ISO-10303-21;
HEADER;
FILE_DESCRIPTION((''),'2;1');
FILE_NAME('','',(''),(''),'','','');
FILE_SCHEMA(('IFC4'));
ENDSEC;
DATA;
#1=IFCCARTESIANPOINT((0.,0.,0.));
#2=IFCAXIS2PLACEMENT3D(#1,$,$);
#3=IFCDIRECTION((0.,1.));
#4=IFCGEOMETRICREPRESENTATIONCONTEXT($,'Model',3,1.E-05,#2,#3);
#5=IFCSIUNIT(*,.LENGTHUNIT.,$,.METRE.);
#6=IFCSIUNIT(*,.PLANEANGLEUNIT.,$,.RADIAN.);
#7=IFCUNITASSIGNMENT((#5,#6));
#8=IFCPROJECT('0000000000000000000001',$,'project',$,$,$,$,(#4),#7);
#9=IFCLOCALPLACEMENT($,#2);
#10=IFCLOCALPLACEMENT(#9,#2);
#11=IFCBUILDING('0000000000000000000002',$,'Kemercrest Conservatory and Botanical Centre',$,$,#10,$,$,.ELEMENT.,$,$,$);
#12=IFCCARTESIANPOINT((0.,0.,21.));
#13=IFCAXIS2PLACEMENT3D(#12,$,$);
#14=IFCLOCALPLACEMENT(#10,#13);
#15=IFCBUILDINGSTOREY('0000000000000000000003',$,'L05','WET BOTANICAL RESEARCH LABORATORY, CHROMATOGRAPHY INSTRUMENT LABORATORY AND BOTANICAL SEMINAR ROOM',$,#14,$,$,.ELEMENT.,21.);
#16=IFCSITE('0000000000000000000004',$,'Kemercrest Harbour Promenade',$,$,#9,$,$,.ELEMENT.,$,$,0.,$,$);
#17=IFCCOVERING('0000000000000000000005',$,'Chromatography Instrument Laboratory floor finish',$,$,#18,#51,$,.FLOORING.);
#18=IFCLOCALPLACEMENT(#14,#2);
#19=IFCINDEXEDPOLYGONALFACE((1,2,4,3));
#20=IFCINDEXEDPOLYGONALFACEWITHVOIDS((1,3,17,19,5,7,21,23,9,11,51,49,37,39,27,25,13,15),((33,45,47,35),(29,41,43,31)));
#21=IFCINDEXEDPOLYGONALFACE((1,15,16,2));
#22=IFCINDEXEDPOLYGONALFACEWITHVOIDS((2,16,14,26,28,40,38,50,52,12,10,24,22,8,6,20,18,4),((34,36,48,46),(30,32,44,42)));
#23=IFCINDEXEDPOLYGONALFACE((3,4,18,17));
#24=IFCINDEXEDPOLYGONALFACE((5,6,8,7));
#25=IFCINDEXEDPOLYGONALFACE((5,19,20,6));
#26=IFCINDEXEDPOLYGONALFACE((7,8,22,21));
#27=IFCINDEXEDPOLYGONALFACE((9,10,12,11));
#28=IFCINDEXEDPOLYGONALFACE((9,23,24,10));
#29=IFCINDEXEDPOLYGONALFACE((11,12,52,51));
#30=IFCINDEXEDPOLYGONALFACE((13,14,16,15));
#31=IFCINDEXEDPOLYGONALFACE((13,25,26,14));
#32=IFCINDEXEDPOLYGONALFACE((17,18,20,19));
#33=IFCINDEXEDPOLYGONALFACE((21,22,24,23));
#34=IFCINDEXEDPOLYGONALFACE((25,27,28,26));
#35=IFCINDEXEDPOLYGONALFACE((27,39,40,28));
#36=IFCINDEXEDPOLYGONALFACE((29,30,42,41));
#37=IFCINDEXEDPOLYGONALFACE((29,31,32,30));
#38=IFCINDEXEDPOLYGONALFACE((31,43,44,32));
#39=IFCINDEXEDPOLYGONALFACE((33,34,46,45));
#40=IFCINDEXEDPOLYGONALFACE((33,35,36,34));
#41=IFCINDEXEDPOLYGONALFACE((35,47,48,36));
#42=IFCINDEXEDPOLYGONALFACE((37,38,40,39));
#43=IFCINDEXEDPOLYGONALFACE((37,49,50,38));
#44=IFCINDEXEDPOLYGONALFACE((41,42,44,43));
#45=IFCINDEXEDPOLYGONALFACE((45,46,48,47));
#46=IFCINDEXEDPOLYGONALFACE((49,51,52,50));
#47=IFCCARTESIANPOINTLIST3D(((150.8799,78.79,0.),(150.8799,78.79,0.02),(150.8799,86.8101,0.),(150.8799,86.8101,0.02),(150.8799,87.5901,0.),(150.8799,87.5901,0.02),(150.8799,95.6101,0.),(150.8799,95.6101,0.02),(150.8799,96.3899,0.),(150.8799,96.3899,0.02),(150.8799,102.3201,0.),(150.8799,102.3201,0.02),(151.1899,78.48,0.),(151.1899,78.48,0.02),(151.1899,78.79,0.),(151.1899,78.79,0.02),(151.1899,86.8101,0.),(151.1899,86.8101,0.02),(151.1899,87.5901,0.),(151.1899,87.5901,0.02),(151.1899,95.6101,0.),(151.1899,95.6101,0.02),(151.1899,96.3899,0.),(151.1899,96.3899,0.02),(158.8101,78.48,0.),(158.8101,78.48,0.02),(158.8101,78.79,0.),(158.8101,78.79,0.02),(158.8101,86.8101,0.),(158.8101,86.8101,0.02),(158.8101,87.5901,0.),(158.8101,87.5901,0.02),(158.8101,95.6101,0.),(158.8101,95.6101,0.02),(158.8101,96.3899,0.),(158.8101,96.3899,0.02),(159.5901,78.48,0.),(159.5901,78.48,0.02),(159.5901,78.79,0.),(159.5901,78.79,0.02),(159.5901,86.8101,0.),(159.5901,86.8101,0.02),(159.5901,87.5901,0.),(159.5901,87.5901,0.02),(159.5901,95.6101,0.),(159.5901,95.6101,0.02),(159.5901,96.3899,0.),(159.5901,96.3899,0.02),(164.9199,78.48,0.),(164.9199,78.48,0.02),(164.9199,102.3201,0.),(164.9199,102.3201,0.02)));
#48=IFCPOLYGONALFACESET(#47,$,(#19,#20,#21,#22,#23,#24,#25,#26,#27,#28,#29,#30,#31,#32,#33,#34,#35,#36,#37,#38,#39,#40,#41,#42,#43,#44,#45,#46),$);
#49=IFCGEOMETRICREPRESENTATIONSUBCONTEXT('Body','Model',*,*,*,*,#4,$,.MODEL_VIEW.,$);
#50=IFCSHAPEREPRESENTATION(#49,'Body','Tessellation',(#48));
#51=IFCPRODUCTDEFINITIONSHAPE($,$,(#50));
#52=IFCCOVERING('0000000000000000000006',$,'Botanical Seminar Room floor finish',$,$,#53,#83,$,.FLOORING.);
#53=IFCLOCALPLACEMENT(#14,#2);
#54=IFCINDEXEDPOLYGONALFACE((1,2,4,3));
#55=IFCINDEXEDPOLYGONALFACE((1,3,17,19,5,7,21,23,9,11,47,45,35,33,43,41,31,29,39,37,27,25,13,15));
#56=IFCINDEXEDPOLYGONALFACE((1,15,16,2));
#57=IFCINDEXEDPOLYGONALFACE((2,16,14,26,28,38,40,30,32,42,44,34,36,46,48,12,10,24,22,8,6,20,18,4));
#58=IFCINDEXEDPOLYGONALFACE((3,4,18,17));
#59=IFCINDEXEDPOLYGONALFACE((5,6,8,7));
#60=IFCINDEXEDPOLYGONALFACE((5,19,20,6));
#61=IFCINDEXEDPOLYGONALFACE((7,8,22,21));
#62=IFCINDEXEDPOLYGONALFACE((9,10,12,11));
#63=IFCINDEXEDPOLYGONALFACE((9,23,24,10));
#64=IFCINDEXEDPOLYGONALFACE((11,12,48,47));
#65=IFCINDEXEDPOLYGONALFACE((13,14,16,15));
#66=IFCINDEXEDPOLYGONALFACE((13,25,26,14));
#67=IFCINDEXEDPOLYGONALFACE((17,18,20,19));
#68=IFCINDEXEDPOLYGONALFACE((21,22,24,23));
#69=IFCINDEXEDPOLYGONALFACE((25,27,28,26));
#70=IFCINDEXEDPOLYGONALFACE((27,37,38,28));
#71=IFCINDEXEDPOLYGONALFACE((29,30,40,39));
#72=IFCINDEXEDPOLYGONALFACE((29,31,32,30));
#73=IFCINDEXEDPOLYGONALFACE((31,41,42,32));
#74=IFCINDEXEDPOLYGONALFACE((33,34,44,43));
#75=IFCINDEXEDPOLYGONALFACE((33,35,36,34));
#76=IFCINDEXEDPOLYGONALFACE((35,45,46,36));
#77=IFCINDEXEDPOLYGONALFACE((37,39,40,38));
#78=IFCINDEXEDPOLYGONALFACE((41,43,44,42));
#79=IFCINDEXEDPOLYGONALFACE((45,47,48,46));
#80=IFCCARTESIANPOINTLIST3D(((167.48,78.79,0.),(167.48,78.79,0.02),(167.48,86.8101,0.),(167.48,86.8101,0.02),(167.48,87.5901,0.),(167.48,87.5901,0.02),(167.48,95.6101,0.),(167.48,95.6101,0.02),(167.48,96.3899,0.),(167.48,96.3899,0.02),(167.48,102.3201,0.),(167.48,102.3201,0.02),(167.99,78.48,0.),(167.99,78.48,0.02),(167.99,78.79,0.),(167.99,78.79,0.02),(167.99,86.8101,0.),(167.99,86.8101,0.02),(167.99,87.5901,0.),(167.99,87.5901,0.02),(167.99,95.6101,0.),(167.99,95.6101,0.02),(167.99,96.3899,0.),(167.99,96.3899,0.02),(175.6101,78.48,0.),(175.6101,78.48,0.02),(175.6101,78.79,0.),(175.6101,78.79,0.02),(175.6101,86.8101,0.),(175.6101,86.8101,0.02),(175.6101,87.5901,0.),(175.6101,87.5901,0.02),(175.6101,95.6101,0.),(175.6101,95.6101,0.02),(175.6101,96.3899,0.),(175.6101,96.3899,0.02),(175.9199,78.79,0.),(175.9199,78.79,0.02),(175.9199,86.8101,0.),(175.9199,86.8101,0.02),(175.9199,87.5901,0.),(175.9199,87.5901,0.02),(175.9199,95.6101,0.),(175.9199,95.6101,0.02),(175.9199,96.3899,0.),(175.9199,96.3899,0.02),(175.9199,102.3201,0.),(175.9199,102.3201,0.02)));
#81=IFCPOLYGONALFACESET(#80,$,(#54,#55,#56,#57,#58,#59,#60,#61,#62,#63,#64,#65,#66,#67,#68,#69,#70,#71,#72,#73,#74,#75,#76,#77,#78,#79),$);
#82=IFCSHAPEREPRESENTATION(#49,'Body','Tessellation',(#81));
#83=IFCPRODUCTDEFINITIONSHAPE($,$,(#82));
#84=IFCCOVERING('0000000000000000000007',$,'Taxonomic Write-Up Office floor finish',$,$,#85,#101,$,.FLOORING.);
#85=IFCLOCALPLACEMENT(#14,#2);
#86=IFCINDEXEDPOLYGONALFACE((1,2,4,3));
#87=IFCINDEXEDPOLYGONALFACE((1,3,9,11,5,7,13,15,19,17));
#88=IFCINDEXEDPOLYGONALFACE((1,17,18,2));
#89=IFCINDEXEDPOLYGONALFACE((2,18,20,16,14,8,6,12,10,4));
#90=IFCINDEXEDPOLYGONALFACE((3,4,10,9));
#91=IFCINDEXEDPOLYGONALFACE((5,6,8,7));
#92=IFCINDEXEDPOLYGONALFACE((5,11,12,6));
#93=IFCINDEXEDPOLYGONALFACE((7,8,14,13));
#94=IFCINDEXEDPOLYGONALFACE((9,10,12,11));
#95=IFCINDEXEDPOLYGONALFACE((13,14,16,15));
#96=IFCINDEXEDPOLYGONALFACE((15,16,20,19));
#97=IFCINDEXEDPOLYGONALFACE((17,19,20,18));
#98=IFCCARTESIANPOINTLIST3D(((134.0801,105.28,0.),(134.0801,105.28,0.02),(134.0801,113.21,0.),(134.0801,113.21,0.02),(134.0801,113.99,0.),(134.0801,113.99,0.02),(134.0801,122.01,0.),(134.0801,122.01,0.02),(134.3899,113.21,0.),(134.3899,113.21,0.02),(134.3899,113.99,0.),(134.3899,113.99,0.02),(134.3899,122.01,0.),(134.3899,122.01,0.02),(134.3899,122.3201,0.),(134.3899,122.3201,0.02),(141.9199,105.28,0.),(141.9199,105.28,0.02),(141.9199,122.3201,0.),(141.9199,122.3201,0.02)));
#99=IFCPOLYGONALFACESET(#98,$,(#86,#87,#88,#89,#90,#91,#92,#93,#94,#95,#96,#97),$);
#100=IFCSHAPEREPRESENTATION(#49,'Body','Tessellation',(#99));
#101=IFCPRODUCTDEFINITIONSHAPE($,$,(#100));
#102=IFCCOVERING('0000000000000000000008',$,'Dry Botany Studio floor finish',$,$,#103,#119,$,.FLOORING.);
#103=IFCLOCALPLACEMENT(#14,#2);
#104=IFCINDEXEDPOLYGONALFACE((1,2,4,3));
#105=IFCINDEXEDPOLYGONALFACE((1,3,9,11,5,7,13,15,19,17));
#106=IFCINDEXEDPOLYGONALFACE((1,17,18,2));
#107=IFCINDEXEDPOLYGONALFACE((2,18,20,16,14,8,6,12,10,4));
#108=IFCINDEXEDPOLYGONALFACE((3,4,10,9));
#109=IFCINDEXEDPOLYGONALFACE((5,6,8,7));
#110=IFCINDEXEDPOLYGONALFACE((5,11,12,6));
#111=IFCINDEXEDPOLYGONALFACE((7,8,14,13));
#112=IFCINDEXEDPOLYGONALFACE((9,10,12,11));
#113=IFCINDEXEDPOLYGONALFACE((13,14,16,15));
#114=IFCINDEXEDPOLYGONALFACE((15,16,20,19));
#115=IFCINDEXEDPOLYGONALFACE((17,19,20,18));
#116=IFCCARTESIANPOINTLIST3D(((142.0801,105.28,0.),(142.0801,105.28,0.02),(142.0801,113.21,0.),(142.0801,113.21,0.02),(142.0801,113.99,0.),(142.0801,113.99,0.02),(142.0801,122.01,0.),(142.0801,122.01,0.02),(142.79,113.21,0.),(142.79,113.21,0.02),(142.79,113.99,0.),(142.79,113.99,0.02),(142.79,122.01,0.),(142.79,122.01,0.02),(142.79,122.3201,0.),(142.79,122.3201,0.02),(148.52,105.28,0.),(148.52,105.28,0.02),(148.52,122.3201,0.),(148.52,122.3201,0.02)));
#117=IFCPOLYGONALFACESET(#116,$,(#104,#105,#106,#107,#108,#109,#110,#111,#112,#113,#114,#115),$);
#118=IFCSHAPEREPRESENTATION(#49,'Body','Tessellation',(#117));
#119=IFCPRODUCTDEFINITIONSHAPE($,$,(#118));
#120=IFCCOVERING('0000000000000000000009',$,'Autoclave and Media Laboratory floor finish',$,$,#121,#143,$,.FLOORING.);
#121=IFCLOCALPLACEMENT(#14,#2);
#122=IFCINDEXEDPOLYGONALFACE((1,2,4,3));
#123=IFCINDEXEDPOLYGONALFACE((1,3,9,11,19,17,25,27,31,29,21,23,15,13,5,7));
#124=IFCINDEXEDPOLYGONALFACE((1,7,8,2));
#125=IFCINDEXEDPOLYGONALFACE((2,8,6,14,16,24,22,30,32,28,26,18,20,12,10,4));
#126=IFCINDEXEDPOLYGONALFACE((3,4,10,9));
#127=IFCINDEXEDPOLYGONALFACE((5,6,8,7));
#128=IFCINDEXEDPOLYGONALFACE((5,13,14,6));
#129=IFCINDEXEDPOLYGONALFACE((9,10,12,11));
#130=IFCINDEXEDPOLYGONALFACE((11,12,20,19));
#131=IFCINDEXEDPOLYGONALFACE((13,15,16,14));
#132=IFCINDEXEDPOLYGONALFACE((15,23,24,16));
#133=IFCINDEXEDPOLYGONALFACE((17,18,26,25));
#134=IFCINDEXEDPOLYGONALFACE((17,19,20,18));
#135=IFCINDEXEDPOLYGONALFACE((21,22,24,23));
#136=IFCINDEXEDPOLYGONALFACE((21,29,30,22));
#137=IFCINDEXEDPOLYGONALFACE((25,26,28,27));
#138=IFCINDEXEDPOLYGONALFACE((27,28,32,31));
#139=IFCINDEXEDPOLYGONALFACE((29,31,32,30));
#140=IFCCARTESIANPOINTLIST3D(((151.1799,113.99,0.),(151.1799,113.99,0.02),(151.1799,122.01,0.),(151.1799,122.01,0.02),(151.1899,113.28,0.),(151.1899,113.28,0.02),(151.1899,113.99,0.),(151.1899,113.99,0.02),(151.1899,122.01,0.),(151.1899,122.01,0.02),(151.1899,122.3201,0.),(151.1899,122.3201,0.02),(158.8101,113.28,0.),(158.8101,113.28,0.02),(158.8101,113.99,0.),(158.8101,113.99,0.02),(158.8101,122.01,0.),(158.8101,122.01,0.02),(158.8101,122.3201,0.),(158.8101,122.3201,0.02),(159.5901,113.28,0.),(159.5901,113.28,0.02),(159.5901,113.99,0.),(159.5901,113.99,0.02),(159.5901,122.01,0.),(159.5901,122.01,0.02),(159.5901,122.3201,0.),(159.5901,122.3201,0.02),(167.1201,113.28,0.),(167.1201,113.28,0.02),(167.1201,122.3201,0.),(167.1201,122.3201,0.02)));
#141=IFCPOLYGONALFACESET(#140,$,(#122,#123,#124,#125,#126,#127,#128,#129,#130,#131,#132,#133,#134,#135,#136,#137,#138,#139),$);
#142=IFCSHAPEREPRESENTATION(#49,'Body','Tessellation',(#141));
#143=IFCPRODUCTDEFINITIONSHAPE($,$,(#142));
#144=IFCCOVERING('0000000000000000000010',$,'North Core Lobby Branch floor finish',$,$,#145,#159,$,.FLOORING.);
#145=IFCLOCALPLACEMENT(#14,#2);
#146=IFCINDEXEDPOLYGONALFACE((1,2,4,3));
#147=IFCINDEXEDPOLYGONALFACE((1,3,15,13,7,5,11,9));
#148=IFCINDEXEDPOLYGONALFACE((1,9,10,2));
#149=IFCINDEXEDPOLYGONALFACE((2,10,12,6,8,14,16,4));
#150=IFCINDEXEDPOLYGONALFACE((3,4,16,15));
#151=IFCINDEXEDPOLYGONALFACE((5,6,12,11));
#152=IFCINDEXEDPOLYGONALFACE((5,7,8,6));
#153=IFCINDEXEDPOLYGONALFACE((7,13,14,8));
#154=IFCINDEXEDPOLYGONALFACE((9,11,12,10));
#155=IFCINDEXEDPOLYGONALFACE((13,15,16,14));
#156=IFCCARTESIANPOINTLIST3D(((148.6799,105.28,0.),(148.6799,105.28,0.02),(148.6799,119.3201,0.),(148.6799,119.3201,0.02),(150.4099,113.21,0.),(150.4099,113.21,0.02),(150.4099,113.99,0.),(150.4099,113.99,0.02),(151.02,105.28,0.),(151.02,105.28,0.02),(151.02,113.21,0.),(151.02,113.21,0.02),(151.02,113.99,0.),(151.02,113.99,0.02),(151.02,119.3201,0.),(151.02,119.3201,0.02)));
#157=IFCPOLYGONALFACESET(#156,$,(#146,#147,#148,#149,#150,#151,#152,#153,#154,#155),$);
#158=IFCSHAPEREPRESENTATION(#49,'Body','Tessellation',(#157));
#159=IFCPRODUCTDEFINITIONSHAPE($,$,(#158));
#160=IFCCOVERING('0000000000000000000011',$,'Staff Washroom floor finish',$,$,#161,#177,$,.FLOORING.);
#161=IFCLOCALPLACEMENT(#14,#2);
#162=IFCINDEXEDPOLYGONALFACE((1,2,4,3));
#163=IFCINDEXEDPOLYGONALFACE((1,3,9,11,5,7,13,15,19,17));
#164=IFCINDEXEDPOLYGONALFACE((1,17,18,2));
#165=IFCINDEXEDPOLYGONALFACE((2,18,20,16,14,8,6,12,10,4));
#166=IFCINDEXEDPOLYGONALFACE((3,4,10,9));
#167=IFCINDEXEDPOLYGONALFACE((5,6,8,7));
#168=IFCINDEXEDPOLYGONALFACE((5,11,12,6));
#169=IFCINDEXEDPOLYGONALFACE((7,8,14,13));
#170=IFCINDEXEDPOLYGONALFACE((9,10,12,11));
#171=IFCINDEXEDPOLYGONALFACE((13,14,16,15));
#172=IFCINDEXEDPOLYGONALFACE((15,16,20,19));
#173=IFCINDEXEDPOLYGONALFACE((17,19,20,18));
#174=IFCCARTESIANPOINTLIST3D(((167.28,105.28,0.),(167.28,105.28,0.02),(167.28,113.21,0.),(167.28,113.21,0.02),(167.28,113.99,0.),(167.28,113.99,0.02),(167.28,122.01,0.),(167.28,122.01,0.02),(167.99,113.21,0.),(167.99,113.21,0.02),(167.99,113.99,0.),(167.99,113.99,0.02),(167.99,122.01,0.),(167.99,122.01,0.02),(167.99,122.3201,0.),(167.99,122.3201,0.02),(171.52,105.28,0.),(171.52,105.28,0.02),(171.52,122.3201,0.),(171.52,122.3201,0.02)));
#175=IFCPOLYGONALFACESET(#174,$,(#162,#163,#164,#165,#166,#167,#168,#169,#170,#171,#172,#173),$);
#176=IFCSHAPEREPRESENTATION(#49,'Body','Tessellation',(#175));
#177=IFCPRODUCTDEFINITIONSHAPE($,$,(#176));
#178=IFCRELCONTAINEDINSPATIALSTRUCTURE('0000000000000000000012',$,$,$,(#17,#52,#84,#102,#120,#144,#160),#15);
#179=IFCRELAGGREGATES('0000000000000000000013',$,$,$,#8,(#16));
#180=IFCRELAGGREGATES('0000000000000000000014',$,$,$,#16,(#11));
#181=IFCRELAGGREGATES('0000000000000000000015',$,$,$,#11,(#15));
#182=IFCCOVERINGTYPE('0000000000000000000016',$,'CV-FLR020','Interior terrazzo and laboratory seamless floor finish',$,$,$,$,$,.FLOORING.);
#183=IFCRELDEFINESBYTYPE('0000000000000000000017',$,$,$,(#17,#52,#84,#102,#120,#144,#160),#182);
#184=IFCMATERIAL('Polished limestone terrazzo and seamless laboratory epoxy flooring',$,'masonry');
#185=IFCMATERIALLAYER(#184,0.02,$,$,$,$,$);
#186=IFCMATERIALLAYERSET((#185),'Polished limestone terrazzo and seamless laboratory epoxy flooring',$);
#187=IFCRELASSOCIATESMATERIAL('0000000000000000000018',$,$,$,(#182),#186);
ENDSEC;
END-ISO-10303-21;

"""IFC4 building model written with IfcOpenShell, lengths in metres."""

from ifc_helpers import new_model, si_unit, direction, frame, origin, place, context, subcontext, project, spatial, polyline, outline, extrude, material, layer, layer_set, type_object, element, save


model = new_model("IFC4")

# Units and contexts
model_context = context("Model", 3, precision=1e-05, world=origin(), true_north=direction((0.0, 1.0)))
body_context = subcontext(model_context, "Body", "Model", "MODEL_VIEW")
ifc_project = project(units=[si_unit("LENGTHUNIT", "METRE"), si_unit("PLANEANGLEUNIT", "RADIAN")], contexts=[model_context])

# Site, building, storey
site_placement = place(None, origin())
site = spatial("IfcSite", under=ifc_project, at=site_placement, Name="Kemercrest Harbour Promenade", CompositionType="ELEMENT", RefElevation=0.0)
building_placement = place(site_placement, origin())
building = spatial("IfcBuilding", under=site, at=building_placement, Name="Kemercrest Conservatory and Botanical Centre", CompositionType="ELEMENT")
storey_placement = place(building_placement, frame((0.0, 0.0, 21.0)))
storey = spatial("IfcBuildingStorey", under=building, at=storey_placement, Name="L05", Description="WET BOTANICAL RESEARCH LABORATORY, CHROMATOGRAPHY INSTRUMENT LABORATORY AND BOTANICAL SEMINAR ROOM", CompositionType="ELEMENT", Elevation=21.0)

# Coverings
ifc_material_1 = material(Name="Polished limestone terrazzo and seamless laboratory epoxy flooring", Category="masonry")
ifc_layer_1 = layer(ifc_material_1, 0.02)
ifc_layer_set_1 = layer_set([ifc_layer_1], Name="Polished limestone terrazzo and seamless laboratory epoxy flooring")
covering_type_1 = type_object("IfcCoveringType", Name="CV-FLR020", Description="Interior terrazzo and laboratory seamless floor finish", PredefinedType="FLOORING", material=ifc_layer_set_1)
covering_1_placement = place(storey_placement, origin())
element("IfcCovering", 1, at=covering_1_placement, inside=storey, type_object=covering_type_1, Name="Chromatography Instrument Laboratory floor finish", PredefinedType="FLOORING", context=body_context, shape_type="SweptSolid", body=[
    extrude(outline(polyline([(158.8101, 78.79), (159.5901, 78.79), (159.5901, 78.48), (164.9199, 78.48), (164.9199, 102.3201), (150.8799, 102.3201), (150.8799, 96.3899), (151.1899, 96.3899), (151.1899, 95.6101), (150.8799, 95.6101), (150.8799, 87.5901), (151.1899, 87.5901), (151.1899, 86.8101), (150.8799, 86.8101), (150.8799, 78.79), (151.1899, 78.79), (151.1899, 78.48), (158.8101, 78.48), (158.8101, 78.79)]), holes=[polyline([(158.8101, 87.5901), (159.5901, 87.5901), (159.5901, 86.8101), (158.8101, 86.8101), (158.8101, 87.5901)]), polyline([(158.8101, 96.3899), (159.5901, 96.3899), (159.5901, 95.6101), (158.8101, 95.6101), (158.8101, 96.3899)])]), origin(), (0.0, 0.0, 1.0), 0.02),
])
covering_2_placement = place(storey_placement, origin())
element("IfcCovering", 2, at=covering_2_placement, inside=storey, type_object=covering_type_1, Name="Botanical Seminar Room floor finish", PredefinedType="FLOORING", context=body_context, shape_type="SweptSolid", body=[
    extrude(outline(polyline([(167.99, 78.48), (175.6101, 78.48), (175.6101, 78.79), (175.9199, 78.79), (175.9199, 86.8101), (175.6101, 86.8101), (175.6101, 87.5901), (175.9199, 87.5901), (175.9199, 95.6101), (175.6101, 95.6101), (175.6101, 96.3899), (175.9199, 96.3899), (175.9199, 102.3201), (167.48, 102.3201), (167.48, 96.3899), (167.99, 96.3899), (167.99, 95.6101), (167.48, 95.6101), (167.48, 87.5901), (167.99, 87.5901), (167.99, 86.8101), (167.48, 86.8101), (167.48, 78.79), (167.99, 78.79), (167.99, 78.48)])), origin(), (0.0, 0.0, 1.0), 0.02),
])
covering_3_placement = place(storey_placement, origin())
element("IfcCovering", 3, at=covering_3_placement, inside=storey, type_object=covering_type_1, Name="Taxonomic Write-Up Office floor finish", PredefinedType="FLOORING", context=body_context, shape_type="SweptSolid", body=[
    extrude(outline(polyline([(134.0801, 105.28), (141.9199, 105.28), (141.9199, 122.3201), (134.3899, 122.3201), (134.3899, 122.01), (134.0801, 122.01), (134.0801, 113.99), (134.3899, 113.99), (134.3899, 113.21), (134.0801, 113.21), (134.0801, 105.28)])), origin(), (0.0, 0.0, 1.0), 0.02),
])
covering_4_placement = place(storey_placement, origin())
element("IfcCovering", 4, at=covering_4_placement, inside=storey, type_object=covering_type_1, Name="Dry Botany Studio floor finish", PredefinedType="FLOORING", context=body_context, shape_type="SweptSolid", body=[
    extrude(outline(polyline([(142.0801, 105.28), (148.52, 105.28), (148.52, 122.3201), (142.79, 122.3201), (142.79, 122.01), (142.0801, 122.01), (142.0801, 113.99), (142.79, 113.99), (142.79, 113.21), (142.0801, 113.21), (142.0801, 105.28)])), origin(), (0.0, 0.0, 1.0), 0.02),
])
covering_5_placement = place(storey_placement, origin())
element("IfcCovering", 5, at=covering_5_placement, inside=storey, type_object=covering_type_1, Name="Autoclave and Media Laboratory floor finish", PredefinedType="FLOORING", context=body_context, shape_type="SweptSolid", body=[
    extrude(outline(polyline([(159.5901, 113.28), (167.1201, 113.28), (167.1201, 122.3201), (159.5901, 122.3201), (159.5901, 122.01), (158.8101, 122.01), (158.8101, 122.3201), (151.1899, 122.3201), (151.1899, 122.01), (151.1799, 122.01), (151.1799, 113.99), (151.1899, 113.99), (151.1899, 113.28), (158.8101, 113.28), (158.8101, 113.99), (159.5901, 113.99), (159.5901, 113.28)])), origin(), (0.0, 0.0, 1.0), 0.02),
])
covering_6_placement = place(storey_placement, origin())
element("IfcCovering", 6, at=covering_6_placement, inside=storey, type_object=covering_type_1, Name="North Core Lobby Branch floor finish", PredefinedType="FLOORING", context=body_context, shape_type="SweptSolid", body=[
    extrude(outline(polyline([(148.6799, 105.28), (151.02, 105.28), (151.02, 113.21), (150.4099, 113.21), (150.4099, 113.99), (151.02, 113.99), (151.02, 119.3201), (148.6799, 119.3201), (148.6799, 105.28)])), origin(), (0.0, 0.0, 1.0), 0.02),
])
covering_7_placement = place(storey_placement, origin())
element("IfcCovering", 7, at=covering_7_placement, inside=storey, type_object=covering_type_1, Name="Staff Washroom floor finish", PredefinedType="FLOORING", context=body_context, shape_type="SweptSolid", body=[
    extrude(outline(polyline([(167.28, 105.28), (171.52, 105.28), (171.52, 122.3201), (167.99, 122.3201), (167.99, 122.01), (167.28, 122.01), (167.28, 113.99), (167.99, 113.99), (167.99, 113.21), (167.28, 113.21), (167.28, 105.28)])), origin(), (0.0, 0.0, 1.0), 0.02),
])

save(model, "model.ifc")
